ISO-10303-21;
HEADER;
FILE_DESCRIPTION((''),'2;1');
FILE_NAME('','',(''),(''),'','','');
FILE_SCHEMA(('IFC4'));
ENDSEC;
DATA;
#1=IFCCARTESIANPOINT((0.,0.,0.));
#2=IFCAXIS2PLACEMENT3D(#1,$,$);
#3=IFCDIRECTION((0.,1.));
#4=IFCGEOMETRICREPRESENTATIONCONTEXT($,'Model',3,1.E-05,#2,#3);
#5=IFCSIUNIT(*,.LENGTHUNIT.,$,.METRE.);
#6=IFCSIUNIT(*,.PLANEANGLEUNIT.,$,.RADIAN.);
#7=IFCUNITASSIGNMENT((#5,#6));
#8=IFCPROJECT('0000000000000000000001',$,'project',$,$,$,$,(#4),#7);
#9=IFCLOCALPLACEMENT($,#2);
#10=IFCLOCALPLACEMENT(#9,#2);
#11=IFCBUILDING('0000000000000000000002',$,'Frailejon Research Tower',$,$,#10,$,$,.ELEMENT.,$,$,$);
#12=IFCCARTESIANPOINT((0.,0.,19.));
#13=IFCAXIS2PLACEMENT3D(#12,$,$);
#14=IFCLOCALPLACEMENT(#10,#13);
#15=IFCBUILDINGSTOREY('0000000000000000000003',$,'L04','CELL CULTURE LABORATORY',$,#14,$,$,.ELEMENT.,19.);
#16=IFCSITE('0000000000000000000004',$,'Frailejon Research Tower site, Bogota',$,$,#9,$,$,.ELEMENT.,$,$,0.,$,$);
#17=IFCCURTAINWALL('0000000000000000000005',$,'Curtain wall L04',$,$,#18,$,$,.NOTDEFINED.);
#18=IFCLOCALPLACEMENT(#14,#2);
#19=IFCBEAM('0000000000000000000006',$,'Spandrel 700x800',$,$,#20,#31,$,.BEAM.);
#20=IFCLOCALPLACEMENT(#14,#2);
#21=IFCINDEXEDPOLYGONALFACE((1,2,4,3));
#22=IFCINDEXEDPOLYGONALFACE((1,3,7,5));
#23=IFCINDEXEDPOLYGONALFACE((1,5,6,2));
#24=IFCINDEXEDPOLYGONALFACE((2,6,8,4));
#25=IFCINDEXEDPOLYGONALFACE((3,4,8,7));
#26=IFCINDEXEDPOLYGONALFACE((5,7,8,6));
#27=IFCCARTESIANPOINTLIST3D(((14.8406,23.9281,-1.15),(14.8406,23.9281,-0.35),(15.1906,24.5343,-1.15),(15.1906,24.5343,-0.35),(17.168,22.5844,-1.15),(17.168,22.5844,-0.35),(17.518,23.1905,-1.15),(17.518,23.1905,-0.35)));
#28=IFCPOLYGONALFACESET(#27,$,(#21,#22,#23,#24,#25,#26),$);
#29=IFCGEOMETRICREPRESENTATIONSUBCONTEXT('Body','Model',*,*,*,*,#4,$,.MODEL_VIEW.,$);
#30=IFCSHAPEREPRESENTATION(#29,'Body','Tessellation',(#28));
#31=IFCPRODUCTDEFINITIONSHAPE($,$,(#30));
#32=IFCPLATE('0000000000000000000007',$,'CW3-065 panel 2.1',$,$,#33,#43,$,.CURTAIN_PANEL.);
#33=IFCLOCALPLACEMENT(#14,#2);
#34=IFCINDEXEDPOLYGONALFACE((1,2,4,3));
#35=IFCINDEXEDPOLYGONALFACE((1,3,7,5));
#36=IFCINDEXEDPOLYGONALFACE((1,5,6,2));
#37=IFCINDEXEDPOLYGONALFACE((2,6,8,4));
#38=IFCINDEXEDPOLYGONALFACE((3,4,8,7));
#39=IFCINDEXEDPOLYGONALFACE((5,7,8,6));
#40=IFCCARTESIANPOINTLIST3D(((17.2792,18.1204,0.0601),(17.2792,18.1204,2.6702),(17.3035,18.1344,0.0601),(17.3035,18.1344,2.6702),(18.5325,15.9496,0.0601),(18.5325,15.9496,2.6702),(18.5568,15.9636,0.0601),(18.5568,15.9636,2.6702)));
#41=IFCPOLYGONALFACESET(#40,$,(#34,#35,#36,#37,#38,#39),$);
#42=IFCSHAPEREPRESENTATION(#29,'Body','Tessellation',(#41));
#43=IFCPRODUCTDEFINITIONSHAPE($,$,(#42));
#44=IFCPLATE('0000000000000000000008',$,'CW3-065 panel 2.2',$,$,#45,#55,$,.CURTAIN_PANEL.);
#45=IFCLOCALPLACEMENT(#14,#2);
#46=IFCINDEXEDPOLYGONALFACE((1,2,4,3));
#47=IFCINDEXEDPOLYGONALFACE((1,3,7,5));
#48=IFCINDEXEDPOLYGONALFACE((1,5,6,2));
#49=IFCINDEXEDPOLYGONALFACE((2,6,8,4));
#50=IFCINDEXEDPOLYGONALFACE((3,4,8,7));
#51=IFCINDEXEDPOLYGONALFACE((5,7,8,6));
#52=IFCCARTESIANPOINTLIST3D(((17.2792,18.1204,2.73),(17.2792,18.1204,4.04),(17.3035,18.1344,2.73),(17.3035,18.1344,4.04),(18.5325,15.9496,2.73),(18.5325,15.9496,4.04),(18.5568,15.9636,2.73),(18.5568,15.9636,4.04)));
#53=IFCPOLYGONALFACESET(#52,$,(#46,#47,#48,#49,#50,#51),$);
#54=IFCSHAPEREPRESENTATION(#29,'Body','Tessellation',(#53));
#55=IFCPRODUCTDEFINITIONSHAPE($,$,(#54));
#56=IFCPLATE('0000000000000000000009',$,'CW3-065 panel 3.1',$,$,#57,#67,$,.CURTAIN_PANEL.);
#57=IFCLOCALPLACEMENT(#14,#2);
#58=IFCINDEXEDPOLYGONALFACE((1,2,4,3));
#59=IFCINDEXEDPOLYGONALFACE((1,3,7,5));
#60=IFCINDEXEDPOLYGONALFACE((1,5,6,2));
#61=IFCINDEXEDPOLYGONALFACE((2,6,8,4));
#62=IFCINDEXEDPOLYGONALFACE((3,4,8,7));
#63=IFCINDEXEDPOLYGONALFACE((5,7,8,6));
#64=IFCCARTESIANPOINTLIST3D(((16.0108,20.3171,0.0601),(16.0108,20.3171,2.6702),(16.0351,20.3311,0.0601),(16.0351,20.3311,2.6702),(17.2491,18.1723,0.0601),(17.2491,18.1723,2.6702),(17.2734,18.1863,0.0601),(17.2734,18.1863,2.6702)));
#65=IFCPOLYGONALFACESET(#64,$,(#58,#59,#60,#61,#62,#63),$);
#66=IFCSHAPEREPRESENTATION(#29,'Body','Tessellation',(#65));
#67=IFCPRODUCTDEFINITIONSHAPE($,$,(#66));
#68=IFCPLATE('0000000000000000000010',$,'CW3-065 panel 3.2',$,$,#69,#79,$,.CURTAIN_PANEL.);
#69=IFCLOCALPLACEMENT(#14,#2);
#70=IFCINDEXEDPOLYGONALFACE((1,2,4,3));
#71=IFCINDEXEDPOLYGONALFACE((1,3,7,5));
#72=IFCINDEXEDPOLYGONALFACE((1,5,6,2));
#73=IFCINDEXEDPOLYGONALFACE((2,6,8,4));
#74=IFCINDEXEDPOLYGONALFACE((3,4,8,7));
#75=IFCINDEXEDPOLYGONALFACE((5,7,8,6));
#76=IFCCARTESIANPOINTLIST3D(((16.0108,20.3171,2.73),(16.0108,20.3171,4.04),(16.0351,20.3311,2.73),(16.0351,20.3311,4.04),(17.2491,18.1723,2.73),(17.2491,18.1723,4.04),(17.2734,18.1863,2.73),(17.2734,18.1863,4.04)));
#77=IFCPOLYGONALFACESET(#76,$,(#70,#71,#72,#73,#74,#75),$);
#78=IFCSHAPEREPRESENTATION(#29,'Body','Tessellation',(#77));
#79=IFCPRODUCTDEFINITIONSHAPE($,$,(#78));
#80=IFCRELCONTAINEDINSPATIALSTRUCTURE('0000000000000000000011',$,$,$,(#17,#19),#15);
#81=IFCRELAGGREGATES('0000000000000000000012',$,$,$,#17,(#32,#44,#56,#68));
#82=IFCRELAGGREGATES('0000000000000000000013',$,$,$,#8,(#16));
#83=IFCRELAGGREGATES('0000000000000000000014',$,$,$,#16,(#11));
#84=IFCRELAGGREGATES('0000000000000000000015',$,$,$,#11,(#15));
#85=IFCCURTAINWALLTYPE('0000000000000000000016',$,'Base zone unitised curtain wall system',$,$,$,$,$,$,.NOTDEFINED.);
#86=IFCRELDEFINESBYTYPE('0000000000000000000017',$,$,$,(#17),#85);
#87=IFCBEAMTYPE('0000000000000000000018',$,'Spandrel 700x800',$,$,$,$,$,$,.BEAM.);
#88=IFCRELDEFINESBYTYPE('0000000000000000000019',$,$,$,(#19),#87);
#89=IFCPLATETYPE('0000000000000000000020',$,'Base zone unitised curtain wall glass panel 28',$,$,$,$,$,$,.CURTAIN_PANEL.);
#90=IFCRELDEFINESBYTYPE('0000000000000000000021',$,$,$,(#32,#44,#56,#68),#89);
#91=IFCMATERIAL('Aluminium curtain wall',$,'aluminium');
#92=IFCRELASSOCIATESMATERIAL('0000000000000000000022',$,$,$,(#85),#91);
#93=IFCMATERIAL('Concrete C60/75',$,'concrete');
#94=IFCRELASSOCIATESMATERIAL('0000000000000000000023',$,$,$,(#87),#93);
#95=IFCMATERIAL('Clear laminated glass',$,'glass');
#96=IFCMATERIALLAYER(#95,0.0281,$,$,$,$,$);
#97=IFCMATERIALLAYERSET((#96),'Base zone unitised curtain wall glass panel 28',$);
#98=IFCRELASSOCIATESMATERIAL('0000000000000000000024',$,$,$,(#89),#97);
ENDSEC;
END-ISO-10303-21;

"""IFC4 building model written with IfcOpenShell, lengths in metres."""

from ifc_helpers import new_model, si_unit, direction, frame, origin, origin_2d, place, context, subcontext, project, spatial, rectangle, extrude, material, layer, layer_set, material_profile, profile_set, type_object, element, aggregate, save


model = new_model("IFC4")

# Units and contexts
model_context = context("Model", 3, precision=1e-05, world=origin(), true_north=direction((0.0, 1.0)))
body_context = subcontext(model_context, "Body", "Model", "MODEL_VIEW")
ifc_project = project(units=[si_unit("LENGTHUNIT", "METRE"), si_unit("PLANEANGLEUNIT", "RADIAN")], contexts=[model_context])

# Site, building, storey
site_placement = place(None, origin())
site = spatial("IfcSite", under=ifc_project, at=site_placement, Name="Frailejon Research Tower site, Bogota", CompositionType="ELEMENT", RefElevation=0.0)
building_placement = place(site_placement, origin())
building = spatial("IfcBuilding", under=site, at=building_placement, Name="Frailejon Research Tower", CompositionType="ELEMENT")
storey_placement = place(building_placement, frame((0.0, 0.0, 19.0)))
storey = spatial("IfcBuildingStorey", under=building, at=storey_placement, Name="L04", Description="CELL CULTURE LABORATORY", CompositionType="ELEMENT", Elevation=19.0)

# Curtain wall
ifc_material_1 = material(Name="Aluminium curtain wall", Category="aluminium")
curtain_wall_type = type_object("IfcCurtainWallType", Name="Base zone unitised curtain wall system", PredefinedType="NOTDEFINED", material=ifc_material_1)
curtain_wall_1_placement = place(storey_placement, origin())
curtain_wall_1 = element("IfcCurtainWall", 1, at=curtain_wall_1_placement, inside=storey, type_object=curtain_wall_type, Name="Curtain wall L04", PredefinedType="NOTDEFINED")

# Beam
ifc_material_2 = material(Name="Concrete C60/75", Category="concrete")
ifc_material_profile_1 = material_profile(ifc_material_2, rectangle(XDim=0.7, YDim=0.8, at=origin_2d()), Name="Spandrel 700x800")
ifc_profile_set_1 = profile_set([ifc_material_profile_1], Name="Concrete C60/75")
beam_type_1 = type_object("IfcBeamType", Name="Spandrel 700x800", PredefinedType="BEAM", material=ifc_profile_set_1)
beam_1_placement = place(storey_placement, frame((17.343, 22.8875, -0.75), z_axis=(-0.866021, 0.500008, 0.0), x_axis=(-0.500008, -0.866021, 0.0)))
element("IfcBeam", 2, at=beam_1_placement, inside=storey, type_object=beam_type_1, Name="Spandrel 700x800", PredefinedType="BEAM", context=body_context, shape_type="SweptSolid", body=[
    extrude(rectangle(XDim=0.7, YDim=0.8, at=origin_2d()), origin(), (0.0, 0.0, 1.0), 2.6875),
])

# Plates
ifc_material_3 = material(Name="Clear laminated glass", Category="glass")
ifc_layer = layer(ifc_material_3, 0.0281)
ifc_layer_set = layer_set([ifc_layer], Name="Base zone unitised curtain wall glass panel 28")
plate_type = type_object("IfcPlateType", Name="Base zone unitised curtain wall glass panel 28", PredefinedType="CURTAIN_PANEL", material=ifc_layer_set)
plate_1_placement = place(storey_placement, frame((17.918, 17.042, 0.0601), z_axis=(0.0, 0.0, 1.0), x_axis=(-0.499996, 0.866028, 0.0)))
plate_1 = element("IfcPlate", 3, at=plate_1_placement, type_object=plate_type, Name="CW3-065 panel 2.1", PredefinedType="CURTAIN_PANEL", context=body_context, shape_type="SweptSolid", body=[
    extrude(rectangle(XDim=2.5066, YDim=0.0281, at=origin_2d()), origin(), (0.0, 0.0, 1.0), 2.6101),
])
plate_2_placement = place(storey_placement, frame((17.918, 17.042, 2.73), z_axis=(0.0, 0.0, 1.0), x_axis=(-0.499996, 0.866028, 0.0)))
plate_2 = element("IfcPlate", 4, at=plate_2_placement, type_object=plate_type, Name="CW3-065 panel 2.2", PredefinedType="CURTAIN_PANEL", context=body_context, shape_type="SweptSolid", body=[
    extrude(rectangle(XDim=2.5066, YDim=0.0281, at=origin_2d()), origin(), (0.0, 0.0, 1.0), 1.3101),
])
plate_3_placement = place(storey_placement, frame((16.6421, 19.2517, 0.0601), z_axis=(0.0, 0.0, 1.0), x_axis=(-0.499996, 0.866028, 0.0)))
plate_3 = element("IfcPlate", 5, at=plate_3_placement, type_object=plate_type, Name="CW3-065 panel 3.1", PredefinedType="CURTAIN_PANEL", context=body_context, shape_type="SweptSolid", body=[
    extrude(rectangle(XDim=2.4766, YDim=0.0281, at=origin_2d()), origin(), (0.0, 0.0, 1.0), 2.6101),
])
plate_4_placement = place(storey_placement, frame((16.6421, 19.2517, 2.73), z_axis=(0.0, 0.0, 1.0), x_axis=(-0.499996, 0.866028, 0.0)))
plate_4 = element("IfcPlate", 6, at=plate_4_placement, type_object=plate_type, Name="CW3-065 panel 3.2", PredefinedType="CURTAIN_PANEL", context=body_context, shape_type="SweptSolid", body=[
    extrude(rectangle(XDim=2.4766, YDim=0.0281, at=origin_2d()), origin(), (0.0, 0.0, 1.0), 1.3101),
])
aggregate(curtain_wall_1, [plate_1, plate_2, plate_3, plate_4])

save(model, "model.ifc")
